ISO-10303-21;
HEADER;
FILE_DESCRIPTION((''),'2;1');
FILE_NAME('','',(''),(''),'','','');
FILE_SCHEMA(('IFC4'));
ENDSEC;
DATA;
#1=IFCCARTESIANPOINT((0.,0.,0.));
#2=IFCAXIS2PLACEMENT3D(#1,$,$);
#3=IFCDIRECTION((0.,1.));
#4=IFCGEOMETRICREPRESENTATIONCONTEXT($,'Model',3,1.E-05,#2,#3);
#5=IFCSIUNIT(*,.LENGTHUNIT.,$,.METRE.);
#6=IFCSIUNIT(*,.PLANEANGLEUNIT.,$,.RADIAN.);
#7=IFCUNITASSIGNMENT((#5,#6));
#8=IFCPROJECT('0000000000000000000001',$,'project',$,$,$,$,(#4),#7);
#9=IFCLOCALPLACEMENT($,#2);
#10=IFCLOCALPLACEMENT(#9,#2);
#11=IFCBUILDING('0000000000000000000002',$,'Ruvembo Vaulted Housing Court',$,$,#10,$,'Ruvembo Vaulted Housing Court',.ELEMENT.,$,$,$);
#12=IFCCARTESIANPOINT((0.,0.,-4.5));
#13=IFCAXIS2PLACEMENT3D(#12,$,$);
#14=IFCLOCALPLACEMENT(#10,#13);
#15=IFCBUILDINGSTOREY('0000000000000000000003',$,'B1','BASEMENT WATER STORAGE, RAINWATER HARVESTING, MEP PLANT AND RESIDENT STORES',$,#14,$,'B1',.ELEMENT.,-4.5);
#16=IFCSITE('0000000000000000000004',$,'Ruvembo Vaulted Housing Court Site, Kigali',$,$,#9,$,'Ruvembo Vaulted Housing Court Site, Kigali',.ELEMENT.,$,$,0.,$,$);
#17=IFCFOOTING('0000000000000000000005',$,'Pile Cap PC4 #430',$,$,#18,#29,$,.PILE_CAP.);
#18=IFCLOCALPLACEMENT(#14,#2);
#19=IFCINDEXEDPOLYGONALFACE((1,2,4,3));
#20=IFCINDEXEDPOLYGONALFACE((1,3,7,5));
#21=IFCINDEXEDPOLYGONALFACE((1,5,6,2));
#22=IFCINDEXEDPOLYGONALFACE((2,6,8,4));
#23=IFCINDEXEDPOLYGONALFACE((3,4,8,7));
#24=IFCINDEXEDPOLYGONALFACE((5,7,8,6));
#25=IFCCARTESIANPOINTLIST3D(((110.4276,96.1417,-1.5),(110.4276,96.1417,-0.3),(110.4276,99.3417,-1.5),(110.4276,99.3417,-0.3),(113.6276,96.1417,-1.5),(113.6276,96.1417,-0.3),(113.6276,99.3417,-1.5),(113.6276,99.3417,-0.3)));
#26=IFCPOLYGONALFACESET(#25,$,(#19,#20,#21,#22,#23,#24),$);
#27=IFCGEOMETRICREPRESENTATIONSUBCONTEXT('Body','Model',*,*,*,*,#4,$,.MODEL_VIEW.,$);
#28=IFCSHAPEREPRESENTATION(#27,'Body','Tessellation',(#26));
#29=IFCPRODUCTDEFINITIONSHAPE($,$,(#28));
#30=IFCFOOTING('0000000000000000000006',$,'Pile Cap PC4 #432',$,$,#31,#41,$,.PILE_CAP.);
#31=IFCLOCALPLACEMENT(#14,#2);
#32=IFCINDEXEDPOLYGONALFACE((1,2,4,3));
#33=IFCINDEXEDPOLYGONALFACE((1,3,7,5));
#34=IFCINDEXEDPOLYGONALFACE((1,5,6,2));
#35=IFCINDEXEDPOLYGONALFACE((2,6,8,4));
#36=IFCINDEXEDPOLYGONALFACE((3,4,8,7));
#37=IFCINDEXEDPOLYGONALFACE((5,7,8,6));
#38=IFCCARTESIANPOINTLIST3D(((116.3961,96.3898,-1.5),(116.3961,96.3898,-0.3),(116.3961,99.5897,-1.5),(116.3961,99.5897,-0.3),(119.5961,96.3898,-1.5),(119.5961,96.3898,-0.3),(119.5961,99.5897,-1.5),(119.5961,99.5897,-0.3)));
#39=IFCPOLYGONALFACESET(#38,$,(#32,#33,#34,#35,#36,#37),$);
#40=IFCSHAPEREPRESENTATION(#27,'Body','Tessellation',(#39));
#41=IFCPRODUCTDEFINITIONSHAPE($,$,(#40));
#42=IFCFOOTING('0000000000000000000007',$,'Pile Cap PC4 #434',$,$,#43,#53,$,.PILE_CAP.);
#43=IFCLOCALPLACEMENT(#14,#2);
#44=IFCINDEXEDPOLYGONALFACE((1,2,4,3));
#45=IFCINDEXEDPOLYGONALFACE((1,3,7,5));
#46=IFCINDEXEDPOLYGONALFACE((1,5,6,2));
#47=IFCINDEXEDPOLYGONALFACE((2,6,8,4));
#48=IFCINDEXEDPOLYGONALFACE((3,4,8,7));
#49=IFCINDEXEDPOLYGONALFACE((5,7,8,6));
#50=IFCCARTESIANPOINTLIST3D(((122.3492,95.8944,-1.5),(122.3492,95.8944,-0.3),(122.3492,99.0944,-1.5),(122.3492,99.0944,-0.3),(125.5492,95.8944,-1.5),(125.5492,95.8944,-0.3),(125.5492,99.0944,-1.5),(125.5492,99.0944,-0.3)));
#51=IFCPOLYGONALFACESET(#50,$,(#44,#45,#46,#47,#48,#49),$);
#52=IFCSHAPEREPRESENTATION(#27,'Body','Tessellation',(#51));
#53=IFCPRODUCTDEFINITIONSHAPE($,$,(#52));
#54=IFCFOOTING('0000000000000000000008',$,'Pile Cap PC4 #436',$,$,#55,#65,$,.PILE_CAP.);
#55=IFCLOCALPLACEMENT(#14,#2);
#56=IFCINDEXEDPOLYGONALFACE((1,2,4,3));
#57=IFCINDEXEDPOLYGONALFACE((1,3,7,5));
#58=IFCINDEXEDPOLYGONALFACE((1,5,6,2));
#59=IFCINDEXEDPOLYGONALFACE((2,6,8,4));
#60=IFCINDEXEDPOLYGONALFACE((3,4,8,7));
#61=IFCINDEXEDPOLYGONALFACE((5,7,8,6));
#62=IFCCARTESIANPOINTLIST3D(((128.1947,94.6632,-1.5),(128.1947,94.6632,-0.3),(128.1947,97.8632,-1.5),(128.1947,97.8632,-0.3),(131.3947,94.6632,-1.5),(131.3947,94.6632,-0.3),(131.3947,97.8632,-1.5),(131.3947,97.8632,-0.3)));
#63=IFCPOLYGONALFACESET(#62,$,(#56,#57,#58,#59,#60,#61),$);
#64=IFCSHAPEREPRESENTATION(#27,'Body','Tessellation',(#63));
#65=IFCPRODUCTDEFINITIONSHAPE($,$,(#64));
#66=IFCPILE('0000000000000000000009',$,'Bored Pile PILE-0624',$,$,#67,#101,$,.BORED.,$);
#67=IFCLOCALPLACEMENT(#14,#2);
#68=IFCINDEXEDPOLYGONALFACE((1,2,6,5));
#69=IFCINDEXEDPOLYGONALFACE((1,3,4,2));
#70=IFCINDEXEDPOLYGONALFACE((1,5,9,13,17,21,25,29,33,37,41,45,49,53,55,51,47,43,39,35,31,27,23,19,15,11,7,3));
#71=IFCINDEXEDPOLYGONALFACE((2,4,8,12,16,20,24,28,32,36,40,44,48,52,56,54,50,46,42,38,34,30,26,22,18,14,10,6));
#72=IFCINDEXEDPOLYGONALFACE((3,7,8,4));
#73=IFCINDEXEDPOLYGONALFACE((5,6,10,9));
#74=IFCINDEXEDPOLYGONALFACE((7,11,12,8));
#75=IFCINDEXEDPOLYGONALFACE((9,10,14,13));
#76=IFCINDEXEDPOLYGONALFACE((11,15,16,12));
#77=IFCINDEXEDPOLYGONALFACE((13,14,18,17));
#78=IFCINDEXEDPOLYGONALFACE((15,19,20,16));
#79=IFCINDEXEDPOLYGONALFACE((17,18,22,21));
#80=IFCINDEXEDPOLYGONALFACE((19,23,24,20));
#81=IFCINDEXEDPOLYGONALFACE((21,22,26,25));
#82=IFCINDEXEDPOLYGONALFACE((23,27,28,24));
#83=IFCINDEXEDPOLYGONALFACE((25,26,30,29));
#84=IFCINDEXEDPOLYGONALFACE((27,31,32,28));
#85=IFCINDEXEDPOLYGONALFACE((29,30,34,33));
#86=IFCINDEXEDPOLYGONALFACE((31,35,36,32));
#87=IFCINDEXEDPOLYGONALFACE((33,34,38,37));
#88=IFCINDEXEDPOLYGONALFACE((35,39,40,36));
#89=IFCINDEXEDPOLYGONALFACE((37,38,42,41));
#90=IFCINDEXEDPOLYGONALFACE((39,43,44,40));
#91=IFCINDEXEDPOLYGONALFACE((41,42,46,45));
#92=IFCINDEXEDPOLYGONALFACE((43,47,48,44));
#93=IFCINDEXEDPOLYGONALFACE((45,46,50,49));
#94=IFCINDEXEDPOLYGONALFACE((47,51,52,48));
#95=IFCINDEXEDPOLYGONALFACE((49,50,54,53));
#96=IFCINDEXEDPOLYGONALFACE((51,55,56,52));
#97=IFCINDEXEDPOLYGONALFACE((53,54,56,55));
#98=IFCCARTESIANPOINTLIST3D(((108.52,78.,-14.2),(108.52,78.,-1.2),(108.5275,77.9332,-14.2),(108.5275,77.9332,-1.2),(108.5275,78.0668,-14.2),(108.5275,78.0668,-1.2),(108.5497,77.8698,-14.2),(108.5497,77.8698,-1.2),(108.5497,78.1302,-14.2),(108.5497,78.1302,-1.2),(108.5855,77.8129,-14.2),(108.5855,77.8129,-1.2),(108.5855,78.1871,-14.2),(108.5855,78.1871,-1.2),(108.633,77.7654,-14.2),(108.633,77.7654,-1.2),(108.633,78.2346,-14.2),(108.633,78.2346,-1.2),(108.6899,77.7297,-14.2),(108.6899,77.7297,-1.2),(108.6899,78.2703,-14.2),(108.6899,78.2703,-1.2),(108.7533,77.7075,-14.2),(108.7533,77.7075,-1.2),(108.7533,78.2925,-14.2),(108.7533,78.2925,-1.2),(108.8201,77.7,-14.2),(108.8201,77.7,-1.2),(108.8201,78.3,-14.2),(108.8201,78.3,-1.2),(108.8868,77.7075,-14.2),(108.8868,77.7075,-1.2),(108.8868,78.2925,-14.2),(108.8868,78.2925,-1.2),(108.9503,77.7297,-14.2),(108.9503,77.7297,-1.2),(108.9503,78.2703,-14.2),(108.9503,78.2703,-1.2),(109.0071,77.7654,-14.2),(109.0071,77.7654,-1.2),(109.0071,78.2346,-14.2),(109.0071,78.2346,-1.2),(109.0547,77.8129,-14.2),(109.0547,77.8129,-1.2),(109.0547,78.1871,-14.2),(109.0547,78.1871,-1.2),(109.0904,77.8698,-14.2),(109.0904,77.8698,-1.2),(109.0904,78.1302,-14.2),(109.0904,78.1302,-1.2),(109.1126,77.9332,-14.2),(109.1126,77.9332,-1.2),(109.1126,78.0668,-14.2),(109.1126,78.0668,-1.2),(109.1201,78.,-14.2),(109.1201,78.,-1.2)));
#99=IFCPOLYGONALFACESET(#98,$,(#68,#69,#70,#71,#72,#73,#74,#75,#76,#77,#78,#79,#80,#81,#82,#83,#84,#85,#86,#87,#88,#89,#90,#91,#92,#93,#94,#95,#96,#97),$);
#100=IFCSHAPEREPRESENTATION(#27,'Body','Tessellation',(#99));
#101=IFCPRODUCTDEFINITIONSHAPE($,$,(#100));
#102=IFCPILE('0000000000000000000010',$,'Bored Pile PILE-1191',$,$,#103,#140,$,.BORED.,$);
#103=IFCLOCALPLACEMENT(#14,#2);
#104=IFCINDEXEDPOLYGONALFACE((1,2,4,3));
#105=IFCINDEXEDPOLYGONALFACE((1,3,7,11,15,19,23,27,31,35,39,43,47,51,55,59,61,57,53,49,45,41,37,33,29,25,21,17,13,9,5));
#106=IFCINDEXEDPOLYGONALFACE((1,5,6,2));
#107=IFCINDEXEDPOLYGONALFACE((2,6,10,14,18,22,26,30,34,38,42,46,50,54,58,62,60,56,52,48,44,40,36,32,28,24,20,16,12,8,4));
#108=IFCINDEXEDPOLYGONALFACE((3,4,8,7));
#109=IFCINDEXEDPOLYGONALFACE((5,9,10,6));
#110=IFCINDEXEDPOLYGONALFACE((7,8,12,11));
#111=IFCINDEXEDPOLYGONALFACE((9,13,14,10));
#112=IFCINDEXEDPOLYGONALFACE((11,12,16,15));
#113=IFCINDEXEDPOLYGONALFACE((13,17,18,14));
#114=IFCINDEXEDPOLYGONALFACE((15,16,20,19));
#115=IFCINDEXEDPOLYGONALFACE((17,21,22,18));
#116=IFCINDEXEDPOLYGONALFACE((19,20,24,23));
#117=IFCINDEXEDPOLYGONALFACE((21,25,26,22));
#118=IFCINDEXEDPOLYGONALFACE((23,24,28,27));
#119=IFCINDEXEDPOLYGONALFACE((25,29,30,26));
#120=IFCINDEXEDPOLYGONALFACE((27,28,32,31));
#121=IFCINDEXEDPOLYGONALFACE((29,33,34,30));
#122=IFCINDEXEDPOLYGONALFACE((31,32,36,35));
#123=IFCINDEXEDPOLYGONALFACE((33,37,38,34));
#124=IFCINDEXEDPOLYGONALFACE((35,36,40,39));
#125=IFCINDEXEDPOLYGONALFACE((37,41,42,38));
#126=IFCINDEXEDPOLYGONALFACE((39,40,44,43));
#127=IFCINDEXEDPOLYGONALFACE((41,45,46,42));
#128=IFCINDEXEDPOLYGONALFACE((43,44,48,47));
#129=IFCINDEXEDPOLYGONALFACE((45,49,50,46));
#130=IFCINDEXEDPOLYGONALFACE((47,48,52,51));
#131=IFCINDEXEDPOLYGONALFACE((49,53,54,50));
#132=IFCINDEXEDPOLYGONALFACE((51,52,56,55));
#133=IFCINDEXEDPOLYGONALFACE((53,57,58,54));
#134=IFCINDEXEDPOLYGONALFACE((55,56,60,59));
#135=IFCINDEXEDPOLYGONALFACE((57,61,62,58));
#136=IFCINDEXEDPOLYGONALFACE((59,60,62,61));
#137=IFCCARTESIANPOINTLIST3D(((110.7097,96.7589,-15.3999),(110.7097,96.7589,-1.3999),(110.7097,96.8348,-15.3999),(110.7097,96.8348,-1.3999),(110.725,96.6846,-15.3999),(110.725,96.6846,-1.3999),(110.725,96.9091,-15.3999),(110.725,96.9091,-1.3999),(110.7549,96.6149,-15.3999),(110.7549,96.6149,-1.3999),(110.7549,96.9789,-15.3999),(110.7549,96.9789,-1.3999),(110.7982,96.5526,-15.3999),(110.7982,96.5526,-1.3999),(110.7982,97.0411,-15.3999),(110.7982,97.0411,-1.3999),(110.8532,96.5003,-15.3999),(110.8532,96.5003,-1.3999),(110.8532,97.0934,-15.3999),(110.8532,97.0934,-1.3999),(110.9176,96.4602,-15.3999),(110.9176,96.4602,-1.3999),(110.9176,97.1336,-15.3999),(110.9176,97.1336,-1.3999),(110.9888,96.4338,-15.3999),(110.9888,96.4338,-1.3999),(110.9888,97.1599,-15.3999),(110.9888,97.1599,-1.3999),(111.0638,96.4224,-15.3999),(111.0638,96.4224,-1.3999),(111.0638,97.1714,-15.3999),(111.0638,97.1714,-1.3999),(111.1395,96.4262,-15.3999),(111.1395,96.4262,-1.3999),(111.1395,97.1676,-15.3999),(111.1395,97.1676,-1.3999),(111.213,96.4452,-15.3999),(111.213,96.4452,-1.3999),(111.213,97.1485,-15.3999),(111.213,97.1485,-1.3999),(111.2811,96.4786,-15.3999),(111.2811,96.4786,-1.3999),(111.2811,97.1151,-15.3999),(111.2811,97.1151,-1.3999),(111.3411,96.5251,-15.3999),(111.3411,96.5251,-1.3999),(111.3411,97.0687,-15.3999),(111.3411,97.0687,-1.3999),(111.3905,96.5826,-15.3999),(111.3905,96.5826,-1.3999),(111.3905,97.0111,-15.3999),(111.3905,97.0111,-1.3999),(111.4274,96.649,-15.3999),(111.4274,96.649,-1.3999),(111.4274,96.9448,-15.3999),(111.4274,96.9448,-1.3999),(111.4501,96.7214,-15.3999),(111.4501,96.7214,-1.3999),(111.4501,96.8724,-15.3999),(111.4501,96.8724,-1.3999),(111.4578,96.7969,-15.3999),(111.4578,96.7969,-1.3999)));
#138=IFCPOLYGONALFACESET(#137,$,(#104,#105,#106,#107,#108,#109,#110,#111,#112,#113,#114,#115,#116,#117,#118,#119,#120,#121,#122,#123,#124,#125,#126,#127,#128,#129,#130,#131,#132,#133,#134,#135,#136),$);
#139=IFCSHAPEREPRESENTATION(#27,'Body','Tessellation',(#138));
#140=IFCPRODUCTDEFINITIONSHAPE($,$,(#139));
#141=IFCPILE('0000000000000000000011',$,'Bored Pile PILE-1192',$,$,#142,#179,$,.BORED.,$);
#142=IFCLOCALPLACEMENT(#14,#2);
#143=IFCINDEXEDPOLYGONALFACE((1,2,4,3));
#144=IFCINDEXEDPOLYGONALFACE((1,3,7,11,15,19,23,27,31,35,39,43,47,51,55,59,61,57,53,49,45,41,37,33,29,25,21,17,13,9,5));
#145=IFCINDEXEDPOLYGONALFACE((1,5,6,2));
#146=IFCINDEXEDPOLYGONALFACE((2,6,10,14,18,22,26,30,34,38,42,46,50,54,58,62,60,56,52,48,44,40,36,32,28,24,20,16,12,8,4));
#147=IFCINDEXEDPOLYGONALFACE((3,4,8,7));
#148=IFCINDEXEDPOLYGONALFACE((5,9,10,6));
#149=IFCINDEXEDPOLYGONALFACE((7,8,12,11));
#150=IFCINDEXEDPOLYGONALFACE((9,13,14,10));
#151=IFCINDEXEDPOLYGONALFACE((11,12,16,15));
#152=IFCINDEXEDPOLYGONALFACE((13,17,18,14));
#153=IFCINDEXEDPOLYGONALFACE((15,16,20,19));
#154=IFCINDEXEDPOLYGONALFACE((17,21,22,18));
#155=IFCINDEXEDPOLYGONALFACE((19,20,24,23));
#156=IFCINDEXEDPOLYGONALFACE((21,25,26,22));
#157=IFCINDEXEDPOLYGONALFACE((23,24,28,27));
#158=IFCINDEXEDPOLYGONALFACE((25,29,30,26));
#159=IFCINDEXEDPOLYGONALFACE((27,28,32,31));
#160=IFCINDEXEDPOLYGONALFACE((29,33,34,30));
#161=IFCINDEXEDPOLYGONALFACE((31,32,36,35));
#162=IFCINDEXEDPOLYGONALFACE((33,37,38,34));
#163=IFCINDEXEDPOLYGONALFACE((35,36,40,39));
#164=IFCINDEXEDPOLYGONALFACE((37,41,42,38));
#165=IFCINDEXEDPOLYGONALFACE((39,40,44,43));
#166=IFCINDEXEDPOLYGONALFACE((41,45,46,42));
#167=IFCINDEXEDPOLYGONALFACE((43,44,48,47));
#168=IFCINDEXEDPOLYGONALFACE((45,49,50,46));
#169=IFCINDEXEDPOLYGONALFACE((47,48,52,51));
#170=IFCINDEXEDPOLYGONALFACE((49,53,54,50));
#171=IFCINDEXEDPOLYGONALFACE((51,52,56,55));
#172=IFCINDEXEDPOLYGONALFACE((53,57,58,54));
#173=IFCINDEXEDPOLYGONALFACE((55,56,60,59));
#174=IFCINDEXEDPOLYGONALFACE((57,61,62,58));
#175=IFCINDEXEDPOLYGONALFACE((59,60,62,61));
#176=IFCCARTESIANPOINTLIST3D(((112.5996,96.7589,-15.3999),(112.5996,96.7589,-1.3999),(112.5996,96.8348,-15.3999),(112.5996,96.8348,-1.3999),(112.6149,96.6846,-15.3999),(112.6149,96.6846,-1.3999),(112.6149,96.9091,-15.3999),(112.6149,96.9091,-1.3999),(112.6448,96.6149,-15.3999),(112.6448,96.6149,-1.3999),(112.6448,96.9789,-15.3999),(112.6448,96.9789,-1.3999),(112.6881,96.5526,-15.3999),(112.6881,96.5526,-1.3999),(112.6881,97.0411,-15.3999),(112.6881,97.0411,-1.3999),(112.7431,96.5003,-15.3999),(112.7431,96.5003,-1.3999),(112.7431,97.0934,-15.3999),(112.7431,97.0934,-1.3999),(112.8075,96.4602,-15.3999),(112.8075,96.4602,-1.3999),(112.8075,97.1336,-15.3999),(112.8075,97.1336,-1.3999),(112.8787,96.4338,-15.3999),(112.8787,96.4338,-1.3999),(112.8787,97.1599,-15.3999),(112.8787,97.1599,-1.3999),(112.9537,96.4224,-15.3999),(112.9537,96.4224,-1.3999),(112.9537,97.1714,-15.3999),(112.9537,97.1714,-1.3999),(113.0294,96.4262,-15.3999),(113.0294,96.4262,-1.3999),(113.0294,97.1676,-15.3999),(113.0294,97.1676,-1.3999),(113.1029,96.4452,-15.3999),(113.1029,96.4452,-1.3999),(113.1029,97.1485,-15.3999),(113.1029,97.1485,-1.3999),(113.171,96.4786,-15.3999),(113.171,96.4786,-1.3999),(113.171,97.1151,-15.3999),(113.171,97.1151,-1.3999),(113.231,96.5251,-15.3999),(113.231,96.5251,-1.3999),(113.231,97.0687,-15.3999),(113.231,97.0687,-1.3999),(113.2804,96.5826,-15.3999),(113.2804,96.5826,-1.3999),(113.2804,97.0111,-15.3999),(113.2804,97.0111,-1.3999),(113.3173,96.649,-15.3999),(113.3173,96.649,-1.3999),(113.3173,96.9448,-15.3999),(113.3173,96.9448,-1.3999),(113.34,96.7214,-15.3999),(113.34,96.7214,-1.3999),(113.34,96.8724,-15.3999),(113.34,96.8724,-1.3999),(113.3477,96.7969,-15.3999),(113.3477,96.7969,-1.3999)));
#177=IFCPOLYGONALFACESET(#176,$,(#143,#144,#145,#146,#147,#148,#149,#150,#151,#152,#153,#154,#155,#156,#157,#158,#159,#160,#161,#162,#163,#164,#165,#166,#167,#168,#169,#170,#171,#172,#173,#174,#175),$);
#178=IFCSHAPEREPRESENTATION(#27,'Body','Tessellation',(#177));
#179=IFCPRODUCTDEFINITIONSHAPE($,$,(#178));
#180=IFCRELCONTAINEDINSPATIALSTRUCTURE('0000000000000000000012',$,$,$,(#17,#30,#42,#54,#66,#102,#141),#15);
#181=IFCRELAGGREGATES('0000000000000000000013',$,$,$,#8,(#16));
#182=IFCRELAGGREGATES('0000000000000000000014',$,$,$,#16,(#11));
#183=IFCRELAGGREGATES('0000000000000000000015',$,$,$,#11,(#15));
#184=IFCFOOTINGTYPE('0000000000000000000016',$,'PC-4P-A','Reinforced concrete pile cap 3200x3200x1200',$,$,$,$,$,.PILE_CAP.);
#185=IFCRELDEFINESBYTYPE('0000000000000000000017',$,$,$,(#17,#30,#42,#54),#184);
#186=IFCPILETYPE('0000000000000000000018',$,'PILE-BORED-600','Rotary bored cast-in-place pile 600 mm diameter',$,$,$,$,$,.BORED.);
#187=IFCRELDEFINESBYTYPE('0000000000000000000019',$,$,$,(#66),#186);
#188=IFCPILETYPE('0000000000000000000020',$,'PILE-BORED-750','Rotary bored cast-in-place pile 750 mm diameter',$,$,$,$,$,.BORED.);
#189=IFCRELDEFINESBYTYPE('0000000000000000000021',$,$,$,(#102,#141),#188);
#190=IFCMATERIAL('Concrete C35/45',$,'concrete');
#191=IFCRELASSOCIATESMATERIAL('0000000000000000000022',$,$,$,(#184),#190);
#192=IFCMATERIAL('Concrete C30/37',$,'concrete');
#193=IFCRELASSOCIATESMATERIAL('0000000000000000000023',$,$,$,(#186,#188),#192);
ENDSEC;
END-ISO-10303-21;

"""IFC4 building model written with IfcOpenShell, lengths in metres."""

from ifc_helpers import new_model, si_unit, direction, frame, origin, origin_2d, place, context, subcontext, project, spatial, rectangle, circle, extrude, material, material_profile, profile_set, type_object, element, save


model = new_model("IFC4")

# Units and contexts
model_context = context("Model", 3, precision=1e-05, world=origin(), true_north=direction((0.0, 1.0)))
body_context = subcontext(model_context, "Body", "Model", "MODEL_VIEW")
ifc_project = project(units=[si_unit("LENGTHUNIT", "METRE"), si_unit("PLANEANGLEUNIT", "RADIAN")], contexts=[model_context])

# Site, building, storey
site_placement = place(None, origin())
site = spatial("IfcSite", under=ifc_project, at=site_placement, Name="Ruvembo Vaulted Housing Court Site, Kigali", LongName="Ruvembo Vaulted Housing Court Site, Kigali", CompositionType="ELEMENT", RefElevation=0.0)
building_placement = place(site_placement, origin())
building = spatial("IfcBuilding", under=site, at=building_placement, Name="Ruvembo Vaulted Housing Court", LongName="Ruvembo Vaulted Housing Court", CompositionType="ELEMENT")
storey_placement = place(building_placement, frame((0.0, 0.0, -4.5)))
storey = spatial("IfcBuildingStorey", under=building, at=storey_placement, Name="B1", Description="BASEMENT WATER STORAGE, RAINWATER HARVESTING, MEP PLANT AND RESIDENT STORES", LongName="B1", CompositionType="ELEMENT", Elevation=-4.5)

# Footings
ifc_material_1 = material(Name="Concrete C35/45", Category="concrete")
footing_type = type_object("IfcFootingType", Name="PC-4P-A", Description="Reinforced concrete pile cap 3200x3200x1200", PredefinedType="PILE_CAP", material=ifc_material_1)
for number, where, z_axis, x_axis, name in (
    (1, (112.0276, 97.7417, -1.5), (0.0, 0.0, 1.0), (1.0, 0.0, 0.0), "Pile Cap PC4 #430"),
    (2, (117.9961, 97.9897, -1.5), (0.0, 0.0, 1.0), (1.0, 0.0, 0.0), "Pile Cap PC4 #432"),
    (3, (123.9492, 97.4944, -1.5), (0.0, 0.0, 1.0), (1.0, 0.0, 0.0), "Pile Cap PC4 #434"),
    (4, (129.7947, 96.2632, -1.5), (0.0, 0.0, 1.0), (1.0, 0.0, 0.0), "Pile Cap PC4 #436"),
):
    element("IfcFooting", number, at=place(storey_placement, frame(where, z_axis=z_axis, x_axis=x_axis)), inside=storey, type_object=footing_type, Name=name, PredefinedType="PILE_CAP", context=body_context, shape_type="SweptSolid", body=[
        extrude(rectangle(XDim=3.2, YDim=3.2, at=origin_2d()), origin(), (0.0, 0.0, 1.0), 1.2),
    ])

# Piles
ifc_material_2 = material(Name="Concrete C30/37", Category="concrete")
ifc_material_profile_1 = material_profile(ifc_material_2, circle(Radius=0.3, at=origin_2d()), Name="PILE D600")
ifc_profile_set_1 = profile_set([ifc_material_profile_1], Name="Concrete C30/37")
pile_type_1 = type_object("IfcPileType", Name="PILE-BORED-600", Description="Rotary bored cast-in-place pile 600 mm diameter", PredefinedType="BORED", material=ifc_profile_set_1)
pile_placement = place(storey_placement, frame((108.8201, 78.0, -1.2), z_axis=(0.0, 0.0, -1.0), x_axis=(1.0, 0.0, 0.0)))
element("IfcPile", 5, at=pile_placement, inside=storey, type_object=pile_type_1, Name="Bored Pile PILE-0624", PredefinedType="BORED", context=body_context, shape_type="SweptSolid", body=[
    extrude(circle(Radius=0.3, at=origin_2d()), origin(), (0.0, 0.0, 1.0), 13.0),
])
ifc_material_profile_2 = material_profile(ifc_material_2, circle(Radius=0.375, at=origin_2d()), Name="PILE D750")
ifc_profile_set_2 = profile_set([ifc_material_profile_2], Name="Concrete C30/37")
pile_type_2 = type_object("IfcPileType", Name="PILE-BORED-750", Description="Rotary bored cast-in-place pile 750 mm diameter", PredefinedType="BORED", material=ifc_profile_set_2)
for number, where, z_axis, x_axis, name in (
    (6, (111.0828, 96.7969, -1.3999), (0.0, 0.0, -1.0), (1.0, 0.0, 0.0), "Bored Pile PILE-1191"),
    (7, (112.9727, 96.7969, -1.3999), (0.0, 0.0, -1.0), (1.0, 0.0, 0.0), "Bored Pile PILE-1192"),
):
    element("IfcPile", number, at=place(storey_placement, frame(where, z_axis=z_axis, x_axis=x_axis)), inside=storey, type_object=pile_type_2, Name=name, PredefinedType="BORED", context=body_context, shape_type="SweptSolid", body=[
        extrude(circle(Radius=0.375, at=origin_2d()), origin(), (0.0, 0.0, 1.0), 14.0),
    ])

save(model, "model.ifc")
